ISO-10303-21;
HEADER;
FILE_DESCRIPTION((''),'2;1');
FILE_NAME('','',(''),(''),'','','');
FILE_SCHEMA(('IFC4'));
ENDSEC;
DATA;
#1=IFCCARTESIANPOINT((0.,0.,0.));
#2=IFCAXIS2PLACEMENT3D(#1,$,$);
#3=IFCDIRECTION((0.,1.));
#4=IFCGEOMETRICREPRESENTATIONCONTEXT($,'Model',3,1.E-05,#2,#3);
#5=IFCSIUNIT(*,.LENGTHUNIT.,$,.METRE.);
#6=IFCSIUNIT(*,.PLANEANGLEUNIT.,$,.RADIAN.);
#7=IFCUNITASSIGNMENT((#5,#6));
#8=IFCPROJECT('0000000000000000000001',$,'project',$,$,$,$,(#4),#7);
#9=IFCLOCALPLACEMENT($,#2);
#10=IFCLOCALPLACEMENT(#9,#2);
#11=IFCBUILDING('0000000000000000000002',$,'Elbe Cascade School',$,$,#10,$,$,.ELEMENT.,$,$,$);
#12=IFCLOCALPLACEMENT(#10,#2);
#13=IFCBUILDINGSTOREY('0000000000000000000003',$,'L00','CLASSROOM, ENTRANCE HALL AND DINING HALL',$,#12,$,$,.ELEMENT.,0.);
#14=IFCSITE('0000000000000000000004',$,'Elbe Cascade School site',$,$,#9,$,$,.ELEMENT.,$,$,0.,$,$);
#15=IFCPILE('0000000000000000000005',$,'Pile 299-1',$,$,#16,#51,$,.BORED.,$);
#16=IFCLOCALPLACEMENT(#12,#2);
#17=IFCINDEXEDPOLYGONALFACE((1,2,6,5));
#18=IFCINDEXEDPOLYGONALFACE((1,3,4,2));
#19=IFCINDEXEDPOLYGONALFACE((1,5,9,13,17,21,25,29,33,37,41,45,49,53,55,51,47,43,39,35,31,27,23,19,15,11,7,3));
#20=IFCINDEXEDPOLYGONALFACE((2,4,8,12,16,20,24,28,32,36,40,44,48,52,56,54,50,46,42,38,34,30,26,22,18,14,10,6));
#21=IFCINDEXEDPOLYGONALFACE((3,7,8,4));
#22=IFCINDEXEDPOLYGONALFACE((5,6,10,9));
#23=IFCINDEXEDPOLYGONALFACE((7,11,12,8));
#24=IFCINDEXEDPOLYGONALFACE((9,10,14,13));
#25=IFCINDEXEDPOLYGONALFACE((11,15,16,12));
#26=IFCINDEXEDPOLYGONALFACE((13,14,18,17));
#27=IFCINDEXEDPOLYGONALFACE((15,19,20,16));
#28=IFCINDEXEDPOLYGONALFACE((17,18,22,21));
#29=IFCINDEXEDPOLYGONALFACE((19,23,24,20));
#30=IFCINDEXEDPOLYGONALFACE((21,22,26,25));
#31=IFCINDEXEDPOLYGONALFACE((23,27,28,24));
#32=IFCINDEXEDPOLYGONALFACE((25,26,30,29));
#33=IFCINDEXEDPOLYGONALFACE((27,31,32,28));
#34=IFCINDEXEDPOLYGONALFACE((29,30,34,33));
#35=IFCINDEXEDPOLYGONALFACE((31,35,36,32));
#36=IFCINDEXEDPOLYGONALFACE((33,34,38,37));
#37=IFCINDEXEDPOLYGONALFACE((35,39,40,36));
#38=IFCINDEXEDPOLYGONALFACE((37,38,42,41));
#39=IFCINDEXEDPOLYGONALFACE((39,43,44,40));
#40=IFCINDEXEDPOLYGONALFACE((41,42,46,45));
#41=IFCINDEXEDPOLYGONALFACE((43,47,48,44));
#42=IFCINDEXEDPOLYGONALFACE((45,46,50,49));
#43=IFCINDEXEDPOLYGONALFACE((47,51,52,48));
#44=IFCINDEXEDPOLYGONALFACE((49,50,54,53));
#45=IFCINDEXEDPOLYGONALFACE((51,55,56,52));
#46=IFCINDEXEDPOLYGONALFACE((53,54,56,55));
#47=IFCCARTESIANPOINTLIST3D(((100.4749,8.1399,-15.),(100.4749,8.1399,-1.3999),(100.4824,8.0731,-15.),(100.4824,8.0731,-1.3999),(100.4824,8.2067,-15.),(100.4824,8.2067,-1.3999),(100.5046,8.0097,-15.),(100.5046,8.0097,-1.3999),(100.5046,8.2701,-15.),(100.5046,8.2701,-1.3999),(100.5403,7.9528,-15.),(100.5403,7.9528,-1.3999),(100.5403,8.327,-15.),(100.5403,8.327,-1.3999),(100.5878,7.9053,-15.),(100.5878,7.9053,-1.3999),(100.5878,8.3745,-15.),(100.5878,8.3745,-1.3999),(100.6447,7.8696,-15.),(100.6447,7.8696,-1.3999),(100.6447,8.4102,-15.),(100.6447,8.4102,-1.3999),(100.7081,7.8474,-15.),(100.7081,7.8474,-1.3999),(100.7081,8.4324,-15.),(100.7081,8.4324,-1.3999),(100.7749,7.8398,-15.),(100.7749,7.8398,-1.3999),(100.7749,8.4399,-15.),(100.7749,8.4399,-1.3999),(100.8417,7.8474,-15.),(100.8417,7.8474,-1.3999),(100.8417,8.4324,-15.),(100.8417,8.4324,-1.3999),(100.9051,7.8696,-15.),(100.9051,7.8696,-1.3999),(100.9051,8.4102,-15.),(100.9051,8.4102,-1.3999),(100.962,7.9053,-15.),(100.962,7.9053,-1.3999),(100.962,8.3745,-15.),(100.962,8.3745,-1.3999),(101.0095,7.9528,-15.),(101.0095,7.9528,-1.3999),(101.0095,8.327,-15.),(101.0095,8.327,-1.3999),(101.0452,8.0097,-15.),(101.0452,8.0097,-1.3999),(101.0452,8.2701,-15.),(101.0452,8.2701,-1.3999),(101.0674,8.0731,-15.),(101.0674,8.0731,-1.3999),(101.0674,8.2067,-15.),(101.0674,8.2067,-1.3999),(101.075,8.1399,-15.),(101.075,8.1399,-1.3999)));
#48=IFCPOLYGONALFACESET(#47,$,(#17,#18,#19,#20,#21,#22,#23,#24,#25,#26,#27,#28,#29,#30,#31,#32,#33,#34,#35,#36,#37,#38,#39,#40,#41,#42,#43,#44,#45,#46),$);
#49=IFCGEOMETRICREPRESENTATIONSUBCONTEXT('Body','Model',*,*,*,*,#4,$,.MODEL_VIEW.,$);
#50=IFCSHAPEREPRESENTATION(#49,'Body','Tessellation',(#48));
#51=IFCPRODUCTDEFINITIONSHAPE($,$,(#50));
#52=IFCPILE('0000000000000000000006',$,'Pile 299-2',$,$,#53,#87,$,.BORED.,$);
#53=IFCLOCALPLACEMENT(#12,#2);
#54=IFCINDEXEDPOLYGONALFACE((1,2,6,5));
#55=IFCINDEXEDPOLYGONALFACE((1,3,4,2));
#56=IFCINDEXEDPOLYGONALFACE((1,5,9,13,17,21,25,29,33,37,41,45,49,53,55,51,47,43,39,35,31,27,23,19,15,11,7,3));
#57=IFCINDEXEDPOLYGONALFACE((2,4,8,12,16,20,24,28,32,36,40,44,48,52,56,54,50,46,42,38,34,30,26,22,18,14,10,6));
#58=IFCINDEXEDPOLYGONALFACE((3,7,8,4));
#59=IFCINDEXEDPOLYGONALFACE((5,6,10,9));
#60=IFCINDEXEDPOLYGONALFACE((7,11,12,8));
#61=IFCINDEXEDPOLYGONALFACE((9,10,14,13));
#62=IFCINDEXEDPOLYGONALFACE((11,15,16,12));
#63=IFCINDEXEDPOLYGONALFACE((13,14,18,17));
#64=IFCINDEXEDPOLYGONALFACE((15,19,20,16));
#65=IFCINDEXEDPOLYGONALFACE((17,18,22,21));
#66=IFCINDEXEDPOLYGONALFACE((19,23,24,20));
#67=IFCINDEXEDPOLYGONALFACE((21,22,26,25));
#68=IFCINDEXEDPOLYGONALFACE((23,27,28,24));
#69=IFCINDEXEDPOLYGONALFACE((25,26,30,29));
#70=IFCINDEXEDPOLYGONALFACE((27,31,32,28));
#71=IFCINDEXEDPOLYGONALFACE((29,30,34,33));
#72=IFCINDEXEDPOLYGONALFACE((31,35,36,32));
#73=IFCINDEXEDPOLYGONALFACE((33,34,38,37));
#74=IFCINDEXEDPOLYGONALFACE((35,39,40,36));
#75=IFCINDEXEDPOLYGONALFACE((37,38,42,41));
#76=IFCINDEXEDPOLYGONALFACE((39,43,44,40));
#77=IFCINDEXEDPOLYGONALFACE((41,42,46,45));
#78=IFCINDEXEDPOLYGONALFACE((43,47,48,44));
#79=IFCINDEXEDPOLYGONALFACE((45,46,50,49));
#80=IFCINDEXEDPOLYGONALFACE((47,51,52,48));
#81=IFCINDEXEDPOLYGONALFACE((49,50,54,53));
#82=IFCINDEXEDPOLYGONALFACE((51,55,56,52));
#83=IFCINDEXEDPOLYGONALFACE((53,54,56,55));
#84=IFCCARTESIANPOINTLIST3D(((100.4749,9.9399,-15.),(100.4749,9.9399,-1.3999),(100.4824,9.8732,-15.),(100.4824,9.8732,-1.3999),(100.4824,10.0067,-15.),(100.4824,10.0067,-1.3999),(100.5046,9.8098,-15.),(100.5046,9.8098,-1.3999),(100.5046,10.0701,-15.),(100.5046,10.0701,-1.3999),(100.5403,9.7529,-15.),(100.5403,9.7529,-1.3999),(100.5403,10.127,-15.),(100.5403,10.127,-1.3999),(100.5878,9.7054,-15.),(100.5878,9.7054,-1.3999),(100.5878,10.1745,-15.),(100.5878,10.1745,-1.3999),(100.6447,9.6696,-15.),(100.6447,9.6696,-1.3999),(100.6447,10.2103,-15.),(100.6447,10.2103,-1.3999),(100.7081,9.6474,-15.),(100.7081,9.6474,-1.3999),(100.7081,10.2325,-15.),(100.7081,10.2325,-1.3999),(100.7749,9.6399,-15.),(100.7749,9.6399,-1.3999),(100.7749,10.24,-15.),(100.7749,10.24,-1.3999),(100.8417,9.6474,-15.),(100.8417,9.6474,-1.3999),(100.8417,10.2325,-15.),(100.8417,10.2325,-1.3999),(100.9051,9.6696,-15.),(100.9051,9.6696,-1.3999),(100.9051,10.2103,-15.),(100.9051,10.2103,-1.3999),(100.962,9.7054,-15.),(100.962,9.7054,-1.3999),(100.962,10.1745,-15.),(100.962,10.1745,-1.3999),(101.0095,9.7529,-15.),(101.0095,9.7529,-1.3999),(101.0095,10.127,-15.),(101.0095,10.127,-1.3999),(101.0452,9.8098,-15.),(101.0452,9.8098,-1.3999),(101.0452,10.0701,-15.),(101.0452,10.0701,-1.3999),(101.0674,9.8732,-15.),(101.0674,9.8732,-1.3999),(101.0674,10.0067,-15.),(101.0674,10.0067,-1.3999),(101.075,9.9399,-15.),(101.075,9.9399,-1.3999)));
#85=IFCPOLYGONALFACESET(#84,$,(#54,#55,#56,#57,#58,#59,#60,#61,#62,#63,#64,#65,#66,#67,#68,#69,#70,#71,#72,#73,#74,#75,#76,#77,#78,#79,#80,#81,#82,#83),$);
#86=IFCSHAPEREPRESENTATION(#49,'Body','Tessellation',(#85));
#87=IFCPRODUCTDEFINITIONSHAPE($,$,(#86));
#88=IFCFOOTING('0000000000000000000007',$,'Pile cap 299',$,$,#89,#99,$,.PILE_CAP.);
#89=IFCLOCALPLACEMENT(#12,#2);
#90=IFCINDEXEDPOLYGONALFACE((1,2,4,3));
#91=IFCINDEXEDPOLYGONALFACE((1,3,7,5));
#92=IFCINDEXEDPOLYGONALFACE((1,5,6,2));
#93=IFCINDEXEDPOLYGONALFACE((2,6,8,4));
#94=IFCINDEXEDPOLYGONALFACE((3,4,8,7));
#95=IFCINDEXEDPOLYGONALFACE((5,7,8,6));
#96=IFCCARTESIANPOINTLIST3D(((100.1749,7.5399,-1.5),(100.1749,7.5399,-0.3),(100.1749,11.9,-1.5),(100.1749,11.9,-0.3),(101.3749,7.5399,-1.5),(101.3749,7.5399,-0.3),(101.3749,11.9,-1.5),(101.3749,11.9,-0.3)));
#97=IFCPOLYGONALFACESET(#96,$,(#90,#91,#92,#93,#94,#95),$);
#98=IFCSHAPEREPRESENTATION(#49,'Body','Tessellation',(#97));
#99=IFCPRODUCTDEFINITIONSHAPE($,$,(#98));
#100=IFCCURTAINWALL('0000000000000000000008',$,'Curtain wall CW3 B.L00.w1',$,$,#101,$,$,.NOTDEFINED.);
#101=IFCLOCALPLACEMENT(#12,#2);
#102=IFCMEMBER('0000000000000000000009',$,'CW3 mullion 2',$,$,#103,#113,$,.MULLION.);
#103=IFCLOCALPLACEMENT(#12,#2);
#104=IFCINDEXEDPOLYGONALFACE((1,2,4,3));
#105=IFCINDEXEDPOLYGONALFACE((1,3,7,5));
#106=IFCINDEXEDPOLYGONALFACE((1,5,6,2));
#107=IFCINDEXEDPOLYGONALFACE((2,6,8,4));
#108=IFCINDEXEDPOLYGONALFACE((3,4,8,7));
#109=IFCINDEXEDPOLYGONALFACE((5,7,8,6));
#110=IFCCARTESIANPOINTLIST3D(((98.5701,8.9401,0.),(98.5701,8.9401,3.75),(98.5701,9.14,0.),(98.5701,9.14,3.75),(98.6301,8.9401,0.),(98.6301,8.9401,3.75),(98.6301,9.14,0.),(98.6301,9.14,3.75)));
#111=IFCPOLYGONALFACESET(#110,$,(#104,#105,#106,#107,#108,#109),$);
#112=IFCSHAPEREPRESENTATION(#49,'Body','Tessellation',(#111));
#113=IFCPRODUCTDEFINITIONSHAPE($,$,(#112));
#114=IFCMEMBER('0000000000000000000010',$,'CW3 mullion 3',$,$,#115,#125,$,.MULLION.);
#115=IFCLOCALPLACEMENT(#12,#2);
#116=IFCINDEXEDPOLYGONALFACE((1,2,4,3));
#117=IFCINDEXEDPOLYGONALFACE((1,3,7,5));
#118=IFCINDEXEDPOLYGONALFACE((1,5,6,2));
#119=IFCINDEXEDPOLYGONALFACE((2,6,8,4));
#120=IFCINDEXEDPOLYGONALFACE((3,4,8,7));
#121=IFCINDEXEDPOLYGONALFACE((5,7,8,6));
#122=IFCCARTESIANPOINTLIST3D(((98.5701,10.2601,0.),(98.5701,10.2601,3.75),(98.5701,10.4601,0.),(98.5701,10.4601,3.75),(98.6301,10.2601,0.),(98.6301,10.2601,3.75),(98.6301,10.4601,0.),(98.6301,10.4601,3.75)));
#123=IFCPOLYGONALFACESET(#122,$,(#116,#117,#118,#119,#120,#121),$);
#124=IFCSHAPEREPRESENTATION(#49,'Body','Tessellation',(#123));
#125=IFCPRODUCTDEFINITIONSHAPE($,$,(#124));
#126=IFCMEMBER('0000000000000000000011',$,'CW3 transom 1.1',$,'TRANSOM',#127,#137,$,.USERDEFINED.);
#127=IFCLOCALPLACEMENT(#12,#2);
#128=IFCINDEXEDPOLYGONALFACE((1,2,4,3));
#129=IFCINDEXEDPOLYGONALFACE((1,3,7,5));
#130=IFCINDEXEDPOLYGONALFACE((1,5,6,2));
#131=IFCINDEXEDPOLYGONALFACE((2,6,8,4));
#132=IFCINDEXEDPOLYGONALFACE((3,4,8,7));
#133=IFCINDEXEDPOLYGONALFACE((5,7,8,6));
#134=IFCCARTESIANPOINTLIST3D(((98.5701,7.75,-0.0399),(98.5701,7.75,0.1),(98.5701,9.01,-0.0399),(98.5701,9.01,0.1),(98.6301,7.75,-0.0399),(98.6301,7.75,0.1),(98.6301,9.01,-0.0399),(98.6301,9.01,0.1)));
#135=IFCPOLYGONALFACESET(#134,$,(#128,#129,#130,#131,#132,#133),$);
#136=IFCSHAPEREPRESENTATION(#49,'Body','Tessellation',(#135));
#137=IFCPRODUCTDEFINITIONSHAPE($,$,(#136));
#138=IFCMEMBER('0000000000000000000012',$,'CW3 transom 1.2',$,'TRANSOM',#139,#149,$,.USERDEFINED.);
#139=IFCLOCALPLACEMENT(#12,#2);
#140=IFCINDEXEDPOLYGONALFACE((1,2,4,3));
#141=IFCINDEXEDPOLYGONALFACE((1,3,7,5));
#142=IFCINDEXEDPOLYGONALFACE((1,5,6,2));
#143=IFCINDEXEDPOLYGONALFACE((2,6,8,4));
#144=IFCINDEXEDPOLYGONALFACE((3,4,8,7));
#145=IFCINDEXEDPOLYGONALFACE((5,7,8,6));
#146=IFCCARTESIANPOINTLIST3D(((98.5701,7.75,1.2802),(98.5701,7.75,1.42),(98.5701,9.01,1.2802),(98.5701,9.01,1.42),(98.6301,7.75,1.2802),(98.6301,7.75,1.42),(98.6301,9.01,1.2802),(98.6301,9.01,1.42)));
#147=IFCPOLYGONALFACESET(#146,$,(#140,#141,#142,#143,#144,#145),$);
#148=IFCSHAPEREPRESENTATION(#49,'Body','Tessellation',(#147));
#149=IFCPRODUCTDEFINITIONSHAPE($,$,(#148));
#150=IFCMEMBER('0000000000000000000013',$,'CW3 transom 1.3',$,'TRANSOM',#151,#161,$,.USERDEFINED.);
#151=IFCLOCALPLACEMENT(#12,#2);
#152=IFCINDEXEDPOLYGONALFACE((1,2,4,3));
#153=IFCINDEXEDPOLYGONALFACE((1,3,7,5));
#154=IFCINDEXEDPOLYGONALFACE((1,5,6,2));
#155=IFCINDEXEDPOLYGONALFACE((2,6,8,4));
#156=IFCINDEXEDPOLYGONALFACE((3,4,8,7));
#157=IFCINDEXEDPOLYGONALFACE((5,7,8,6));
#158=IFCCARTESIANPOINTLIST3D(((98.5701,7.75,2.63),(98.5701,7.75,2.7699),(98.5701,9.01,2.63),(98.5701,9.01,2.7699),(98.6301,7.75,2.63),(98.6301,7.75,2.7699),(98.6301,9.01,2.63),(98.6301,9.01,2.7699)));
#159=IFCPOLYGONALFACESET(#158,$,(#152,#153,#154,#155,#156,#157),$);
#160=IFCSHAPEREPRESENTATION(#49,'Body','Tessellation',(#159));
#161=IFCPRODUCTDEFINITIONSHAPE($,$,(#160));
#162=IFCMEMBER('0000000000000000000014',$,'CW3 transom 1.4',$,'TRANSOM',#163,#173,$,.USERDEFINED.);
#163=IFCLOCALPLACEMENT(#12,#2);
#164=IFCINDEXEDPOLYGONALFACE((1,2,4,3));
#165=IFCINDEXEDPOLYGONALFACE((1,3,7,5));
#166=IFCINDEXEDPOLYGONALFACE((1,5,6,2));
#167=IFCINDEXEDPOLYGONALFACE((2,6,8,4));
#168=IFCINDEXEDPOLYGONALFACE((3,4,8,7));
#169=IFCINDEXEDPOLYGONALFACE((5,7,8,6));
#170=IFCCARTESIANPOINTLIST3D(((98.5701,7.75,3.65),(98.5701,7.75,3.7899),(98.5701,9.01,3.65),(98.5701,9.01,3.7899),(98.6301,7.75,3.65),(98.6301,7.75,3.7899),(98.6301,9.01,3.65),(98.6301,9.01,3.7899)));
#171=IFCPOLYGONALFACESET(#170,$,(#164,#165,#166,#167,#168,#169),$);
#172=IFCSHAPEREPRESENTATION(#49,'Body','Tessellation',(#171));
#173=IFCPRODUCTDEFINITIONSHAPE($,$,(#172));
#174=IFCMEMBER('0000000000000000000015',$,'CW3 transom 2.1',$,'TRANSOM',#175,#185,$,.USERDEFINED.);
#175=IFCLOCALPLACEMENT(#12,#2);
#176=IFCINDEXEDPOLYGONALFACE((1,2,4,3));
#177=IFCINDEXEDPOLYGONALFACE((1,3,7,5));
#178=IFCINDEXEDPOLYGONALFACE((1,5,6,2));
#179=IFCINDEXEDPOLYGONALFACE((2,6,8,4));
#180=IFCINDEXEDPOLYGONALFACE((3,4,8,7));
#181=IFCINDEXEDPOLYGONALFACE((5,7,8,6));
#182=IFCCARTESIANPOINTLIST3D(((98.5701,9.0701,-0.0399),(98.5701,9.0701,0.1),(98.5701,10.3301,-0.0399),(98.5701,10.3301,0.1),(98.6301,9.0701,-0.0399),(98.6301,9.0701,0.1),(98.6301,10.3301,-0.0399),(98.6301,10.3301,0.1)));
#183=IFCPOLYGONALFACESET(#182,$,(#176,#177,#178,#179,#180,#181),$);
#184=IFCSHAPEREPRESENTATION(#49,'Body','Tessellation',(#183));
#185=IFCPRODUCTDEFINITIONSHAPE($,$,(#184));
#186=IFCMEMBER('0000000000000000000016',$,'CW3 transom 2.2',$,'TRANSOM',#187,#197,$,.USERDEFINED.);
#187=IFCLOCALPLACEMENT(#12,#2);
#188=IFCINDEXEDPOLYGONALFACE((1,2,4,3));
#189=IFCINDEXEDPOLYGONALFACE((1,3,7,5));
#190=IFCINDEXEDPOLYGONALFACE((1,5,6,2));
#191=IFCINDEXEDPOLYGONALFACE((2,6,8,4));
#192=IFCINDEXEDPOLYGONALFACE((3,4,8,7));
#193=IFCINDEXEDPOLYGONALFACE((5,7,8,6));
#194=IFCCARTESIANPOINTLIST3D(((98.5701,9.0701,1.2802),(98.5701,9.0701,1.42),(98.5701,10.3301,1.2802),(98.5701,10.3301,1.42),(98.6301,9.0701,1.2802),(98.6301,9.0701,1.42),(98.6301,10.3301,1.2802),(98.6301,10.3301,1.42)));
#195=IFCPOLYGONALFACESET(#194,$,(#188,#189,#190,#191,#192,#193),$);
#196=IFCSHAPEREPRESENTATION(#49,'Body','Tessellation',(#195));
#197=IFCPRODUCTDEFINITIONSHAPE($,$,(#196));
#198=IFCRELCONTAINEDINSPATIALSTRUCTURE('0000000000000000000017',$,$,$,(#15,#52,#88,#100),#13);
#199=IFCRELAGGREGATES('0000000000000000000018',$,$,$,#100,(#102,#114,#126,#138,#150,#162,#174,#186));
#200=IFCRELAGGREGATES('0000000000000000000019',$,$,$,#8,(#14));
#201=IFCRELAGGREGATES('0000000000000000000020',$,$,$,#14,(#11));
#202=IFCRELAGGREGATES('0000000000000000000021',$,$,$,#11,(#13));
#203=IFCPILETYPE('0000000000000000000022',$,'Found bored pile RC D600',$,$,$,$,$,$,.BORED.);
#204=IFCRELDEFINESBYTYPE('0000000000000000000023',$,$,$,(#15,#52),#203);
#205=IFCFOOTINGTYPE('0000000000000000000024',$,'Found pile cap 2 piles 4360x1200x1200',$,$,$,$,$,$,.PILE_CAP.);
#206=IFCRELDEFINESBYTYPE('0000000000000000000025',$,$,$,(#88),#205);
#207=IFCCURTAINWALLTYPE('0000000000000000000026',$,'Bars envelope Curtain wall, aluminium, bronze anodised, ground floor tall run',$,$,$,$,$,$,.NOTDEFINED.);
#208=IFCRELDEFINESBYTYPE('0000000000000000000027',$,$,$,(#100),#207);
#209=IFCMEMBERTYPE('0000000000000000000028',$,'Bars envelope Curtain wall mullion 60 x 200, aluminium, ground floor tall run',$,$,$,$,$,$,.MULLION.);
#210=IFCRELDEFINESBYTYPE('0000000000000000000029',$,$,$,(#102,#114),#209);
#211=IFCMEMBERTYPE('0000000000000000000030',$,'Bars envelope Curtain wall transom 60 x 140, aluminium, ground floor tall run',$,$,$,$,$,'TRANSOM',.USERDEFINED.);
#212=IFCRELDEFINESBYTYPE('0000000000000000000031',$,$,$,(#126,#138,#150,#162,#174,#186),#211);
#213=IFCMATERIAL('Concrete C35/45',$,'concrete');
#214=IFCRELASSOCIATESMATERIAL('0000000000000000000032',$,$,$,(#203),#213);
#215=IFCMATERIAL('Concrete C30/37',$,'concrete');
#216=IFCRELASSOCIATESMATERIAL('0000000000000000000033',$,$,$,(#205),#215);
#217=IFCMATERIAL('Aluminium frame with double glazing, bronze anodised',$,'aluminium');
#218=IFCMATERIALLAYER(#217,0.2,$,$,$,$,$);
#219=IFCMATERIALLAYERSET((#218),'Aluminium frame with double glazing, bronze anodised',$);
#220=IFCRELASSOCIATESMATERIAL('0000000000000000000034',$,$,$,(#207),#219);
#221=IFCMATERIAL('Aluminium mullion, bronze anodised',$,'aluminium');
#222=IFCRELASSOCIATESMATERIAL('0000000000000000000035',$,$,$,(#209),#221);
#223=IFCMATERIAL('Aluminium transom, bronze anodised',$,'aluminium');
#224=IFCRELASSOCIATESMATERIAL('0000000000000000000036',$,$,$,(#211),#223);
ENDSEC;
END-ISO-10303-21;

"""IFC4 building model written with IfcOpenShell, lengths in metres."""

from ifc_helpers import new_model, si_unit, direction, frame, origin, origin_2d, place, context, subcontext, project, spatial, rectangle, circle, extrude, material, layer, layer_set, material_profile, profile_set, type_object, element, aggregate, save


model = new_model("IFC4")

# Units and contexts
model_context = context("Model", 3, precision=1e-05, world=origin(), true_north=direction((0.0, 1.0)))
body_context = subcontext(model_context, "Body", "Model", "MODEL_VIEW")
ifc_project = project(units=[si_unit("LENGTHUNIT", "METRE"), si_unit("PLANEANGLEUNIT", "RADIAN")], contexts=[model_context])

# Site, building, storey
site_placement = place(None, origin())
site = spatial("IfcSite", under=ifc_project, at=site_placement, Name="Elbe Cascade School site", CompositionType="ELEMENT", RefElevation=0.0)
building_placement = place(site_placement, origin())
building = spatial("IfcBuilding", under=site, at=building_placement, Name="Elbe Cascade School", CompositionType="ELEMENT")
storey_placement = place(building_placement, origin())
storey = spatial("IfcBuildingStorey", under=building, at=storey_placement, Name="L00", Description="CLASSROOM, ENTRANCE HALL AND DINING HALL", CompositionType="ELEMENT", Elevation=0.0)

# Piles
ifc_material_1 = material(Name="Concrete C35/45", Category="concrete")
ifc_material_profile_1 = material_profile(ifc_material_1, circle(Radius=0.3, at=origin_2d()), Name="RC D600")
ifc_profile_set_1 = profile_set([ifc_material_profile_1], Name="Concrete C35/45")
pile_type = type_object("IfcPileType", Name="Found bored pile RC D600", PredefinedType="BORED", material=ifc_profile_set_1)
for number, where, z_axis, x_axis, name in (
    (1, (100.7749, 8.1399, -1.3999), (0.0, 0.0, -1.0), (1.0, 0.0, 0.0), "Pile 299-1"),
    (2, (100.7749, 9.9399, -1.3999), (0.0, 0.0, -1.0), (1.0, 0.0, 0.0), "Pile 299-2"),
):
    element("IfcPile", number, at=place(storey_placement, frame(where, z_axis=z_axis, x_axis=x_axis)), inside=storey, type_object=pile_type, Name=name, PredefinedType="BORED", context=body_context, shape_type="SweptSolid", body=[
        extrude(circle(Radius=0.3, at=origin_2d()), origin(), (0.0, 0.0, 1.0), 13.6001),
    ])

# Footing
ifc_material_2 = material(Name="Concrete C30/37", Category="concrete")
footing_type = type_object("IfcFootingType", Name="Found pile cap 2 piles 4360x1200x1200", PredefinedType="PILE_CAP", material=ifc_material_2)
footing_placement = place(storey_placement, frame((100.7749, 9.72, -1.5), z_axis=(0.0, 0.0, 1.0), x_axis=(1.0, 0.0, 0.0)))
element("IfcFooting", 3, at=footing_placement, inside=storey, type_object=footing_type, Name="Pile cap 299", PredefinedType="PILE_CAP", context=body_context, shape_type="SweptSolid", body=[
    extrude(rectangle(XDim=1.2, YDim=4.3601, at=origin_2d()), origin(), (0.0, 0.0, 1.0), 1.2),
])

# Curtain wall, members
ifc_material_3 = material(Name="Aluminium frame with double glazing, bronze anodised", Category="aluminium")
ifc_layer_1 = layer(ifc_material_3, 0.2)
ifc_layer_set_1 = layer_set([ifc_layer_1], Name="Aluminium frame with double glazing, bronze anodised")
curtain_wall_type = type_object("IfcCurtainWallType", Name="Bars envelope Curtain wall, aluminium, bronze anodised, ground floor tall run", PredefinedType="NOTDEFINED", material=ifc_layer_set_1)
curtain_wall_placement = place(storey_placement, origin())
curtain_wall = element("IfcCurtainWall", 4, at=curtain_wall_placement, inside=storey, type_object=curtain_wall_type, Name="Curtain wall CW3 B.L00.w1", PredefinedType="NOTDEFINED")
ifc_material_4 = material(Name="Aluminium mullion, bronze anodised", Category="aluminium")
ifc_material_profile_2 = material_profile(ifc_material_4, rectangle(XDim=0.0601, YDim=0.2, at=origin_2d()), Name="Bars envelope Curtain wall mullion 60 x 200, aluminium, ground floor tall run")
ifc_profile_set_2 = profile_set([ifc_material_profile_2], Name="Aluminium mullion, bronze anodised")
member_type_1 = type_object("IfcMemberType", Name="Bars envelope Curtain wall mullion 60 x 200, aluminium, ground floor tall run", PredefinedType="MULLION", material=ifc_profile_set_2)
member_1_placement = place(storey_placement, frame((98.6001, 9.04, 0.0), z_axis=(0.0, 0.0, 1.0), x_axis=(-1.0, 0.0, 0.0)))
member_1 = element("IfcMember", 5, at=member_1_placement, type_object=member_type_1, Name="CW3 mullion 2", PredefinedType="MULLION", context=body_context, shape_type="SweptSolid", body=[
    extrude(rectangle(XDim=0.0601, YDim=0.2, at=origin_2d()), origin(), (0.0, 0.0, 1.0), 3.75),
])
member_2_placement = place(storey_placement, frame((98.6001, 10.3601, 0.0), z_axis=(0.0, 0.0, 1.0), x_axis=(-1.0, 0.0, 0.0)))
member_2 = element("IfcMember", 6, at=member_2_placement, type_object=member_type_1, Name="CW3 mullion 3", PredefinedType="MULLION", context=body_context, shape_type="SweptSolid", body=[
    extrude(rectangle(XDim=0.0601, YDim=0.2, at=origin_2d()), origin(), (0.0, 0.0, 1.0), 3.75),
])
ifc_material_5 = material(Name="Aluminium transom, bronze anodised", Category="aluminium")
ifc_material_profile_3 = material_profile(ifc_material_5, rectangle(XDim=0.0601, YDim=0.1399, at=origin_2d()), Name="Bars envelope Curtain wall transom 60 x 140, aluminium, ground floor tall run")
ifc_profile_set_3 = profile_set([ifc_material_profile_3], Name="Aluminium transom, bronze anodised")
member_type_2 = type_object("IfcMemberType", Name="Bars envelope Curtain wall transom 60 x 140, aluminium, ground floor tall run", ElementType="TRANSOM", PredefinedType="USERDEFINED", material=ifc_profile_set_3)
member_3_placement = place(storey_placement, frame((98.6001, 7.75, 0.03), z_axis=(0.0, 1.0, 0.0), x_axis=(-1.0, 0.0, 0.0)))
member_3 = element("IfcMember", 7, at=member_3_placement, type_object=member_type_2, Name="CW3 transom 1.1", ObjectType="TRANSOM", PredefinedType="USERDEFINED", context=body_context, shape_type="SweptSolid", body=[
    extrude(rectangle(XDim=0.0601, YDim=0.1399, at=origin_2d()), origin(), (0.0, 0.0, 1.0), 1.26),
])
member_4_placement = place(storey_placement, frame((98.6001, 7.75, 1.3501), z_axis=(0.0, 1.0, 0.0), x_axis=(-1.0, 0.0, 0.0)))
member_4 = element("IfcMember", 8, at=member_4_placement, type_object=member_type_2, Name="CW3 transom 1.2", ObjectType="TRANSOM", PredefinedType="USERDEFINED", context=body_context, shape_type="SweptSolid", body=[
    extrude(rectangle(XDim=0.0601, YDim=0.1399, at=origin_2d()), origin(), (0.0, 0.0, 1.0), 1.26),
])
member_5_placement = place(storey_placement, frame((98.6001, 7.75, 2.7), z_axis=(0.0, 1.0, 0.0), x_axis=(-1.0, 0.0, 0.0)))
member_5 = element("IfcMember", 9, at=member_5_placement, type_object=member_type_2, Name="CW3 transom 1.3", ObjectType="TRANSOM", PredefinedType="USERDEFINED", context=body_context, shape_type="SweptSolid", body=[
    extrude(rectangle(XDim=0.0601, YDim=0.1399, at=origin_2d()), origin(), (0.0, 0.0, 1.0), 1.26),
])
member_6_placement = place(storey_placement, frame((98.6001, 7.75, 3.72), z_axis=(0.0, 1.0, 0.0), x_axis=(-1.0, 0.0, 0.0)))
member_6 = element("IfcMember", 10, at=member_6_placement, type_object=member_type_2, Name="CW3 transom 1.4", ObjectType="TRANSOM", PredefinedType="USERDEFINED", context=body_context, shape_type="SweptSolid", body=[
    extrude(rectangle(XDim=0.0601, YDim=0.1399, at=origin_2d()), origin(), (0.0, 0.0, 1.0), 1.26),
])
member_7_placement = place(storey_placement, frame((98.6001, 9.0701, 0.03), z_axis=(0.0, 1.0, 0.0), x_axis=(-1.0, 0.0, 0.0)))
member_7 = element("IfcMember", 11, at=member_7_placement, type_object=member_type_2, Name="CW3 transom 2.1", ObjectType="TRANSOM", PredefinedType="USERDEFINED", context=body_context, shape_type="SweptSolid", body=[
    extrude(rectangle(XDim=0.0601, YDim=0.1399, at=origin_2d()), origin(), (0.0, 0.0, 1.0), 1.26),
])
member_8_placement = place(storey_placement, frame((98.6001, 9.0701, 1.3501), z_axis=(0.0, 1.0, 0.0), x_axis=(-1.0, 0.0, 0.0)))
member_8 = element("IfcMember", 12, at=member_8_placement, type_object=member_type_2, Name="CW3 transom 2.2", ObjectType="TRANSOM", PredefinedType="USERDEFINED", context=body_context, shape_type="SweptSolid", body=[
    extrude(rectangle(XDim=0.0601, YDim=0.1399, at=origin_2d()), origin(), (0.0, 0.0, 1.0), 1.26),
])

aggregate(curtain_wall, [member_1, member_2, member_3, member_4, member_5, member_6, member_7, member_8])

save(model, "model.ifc")
